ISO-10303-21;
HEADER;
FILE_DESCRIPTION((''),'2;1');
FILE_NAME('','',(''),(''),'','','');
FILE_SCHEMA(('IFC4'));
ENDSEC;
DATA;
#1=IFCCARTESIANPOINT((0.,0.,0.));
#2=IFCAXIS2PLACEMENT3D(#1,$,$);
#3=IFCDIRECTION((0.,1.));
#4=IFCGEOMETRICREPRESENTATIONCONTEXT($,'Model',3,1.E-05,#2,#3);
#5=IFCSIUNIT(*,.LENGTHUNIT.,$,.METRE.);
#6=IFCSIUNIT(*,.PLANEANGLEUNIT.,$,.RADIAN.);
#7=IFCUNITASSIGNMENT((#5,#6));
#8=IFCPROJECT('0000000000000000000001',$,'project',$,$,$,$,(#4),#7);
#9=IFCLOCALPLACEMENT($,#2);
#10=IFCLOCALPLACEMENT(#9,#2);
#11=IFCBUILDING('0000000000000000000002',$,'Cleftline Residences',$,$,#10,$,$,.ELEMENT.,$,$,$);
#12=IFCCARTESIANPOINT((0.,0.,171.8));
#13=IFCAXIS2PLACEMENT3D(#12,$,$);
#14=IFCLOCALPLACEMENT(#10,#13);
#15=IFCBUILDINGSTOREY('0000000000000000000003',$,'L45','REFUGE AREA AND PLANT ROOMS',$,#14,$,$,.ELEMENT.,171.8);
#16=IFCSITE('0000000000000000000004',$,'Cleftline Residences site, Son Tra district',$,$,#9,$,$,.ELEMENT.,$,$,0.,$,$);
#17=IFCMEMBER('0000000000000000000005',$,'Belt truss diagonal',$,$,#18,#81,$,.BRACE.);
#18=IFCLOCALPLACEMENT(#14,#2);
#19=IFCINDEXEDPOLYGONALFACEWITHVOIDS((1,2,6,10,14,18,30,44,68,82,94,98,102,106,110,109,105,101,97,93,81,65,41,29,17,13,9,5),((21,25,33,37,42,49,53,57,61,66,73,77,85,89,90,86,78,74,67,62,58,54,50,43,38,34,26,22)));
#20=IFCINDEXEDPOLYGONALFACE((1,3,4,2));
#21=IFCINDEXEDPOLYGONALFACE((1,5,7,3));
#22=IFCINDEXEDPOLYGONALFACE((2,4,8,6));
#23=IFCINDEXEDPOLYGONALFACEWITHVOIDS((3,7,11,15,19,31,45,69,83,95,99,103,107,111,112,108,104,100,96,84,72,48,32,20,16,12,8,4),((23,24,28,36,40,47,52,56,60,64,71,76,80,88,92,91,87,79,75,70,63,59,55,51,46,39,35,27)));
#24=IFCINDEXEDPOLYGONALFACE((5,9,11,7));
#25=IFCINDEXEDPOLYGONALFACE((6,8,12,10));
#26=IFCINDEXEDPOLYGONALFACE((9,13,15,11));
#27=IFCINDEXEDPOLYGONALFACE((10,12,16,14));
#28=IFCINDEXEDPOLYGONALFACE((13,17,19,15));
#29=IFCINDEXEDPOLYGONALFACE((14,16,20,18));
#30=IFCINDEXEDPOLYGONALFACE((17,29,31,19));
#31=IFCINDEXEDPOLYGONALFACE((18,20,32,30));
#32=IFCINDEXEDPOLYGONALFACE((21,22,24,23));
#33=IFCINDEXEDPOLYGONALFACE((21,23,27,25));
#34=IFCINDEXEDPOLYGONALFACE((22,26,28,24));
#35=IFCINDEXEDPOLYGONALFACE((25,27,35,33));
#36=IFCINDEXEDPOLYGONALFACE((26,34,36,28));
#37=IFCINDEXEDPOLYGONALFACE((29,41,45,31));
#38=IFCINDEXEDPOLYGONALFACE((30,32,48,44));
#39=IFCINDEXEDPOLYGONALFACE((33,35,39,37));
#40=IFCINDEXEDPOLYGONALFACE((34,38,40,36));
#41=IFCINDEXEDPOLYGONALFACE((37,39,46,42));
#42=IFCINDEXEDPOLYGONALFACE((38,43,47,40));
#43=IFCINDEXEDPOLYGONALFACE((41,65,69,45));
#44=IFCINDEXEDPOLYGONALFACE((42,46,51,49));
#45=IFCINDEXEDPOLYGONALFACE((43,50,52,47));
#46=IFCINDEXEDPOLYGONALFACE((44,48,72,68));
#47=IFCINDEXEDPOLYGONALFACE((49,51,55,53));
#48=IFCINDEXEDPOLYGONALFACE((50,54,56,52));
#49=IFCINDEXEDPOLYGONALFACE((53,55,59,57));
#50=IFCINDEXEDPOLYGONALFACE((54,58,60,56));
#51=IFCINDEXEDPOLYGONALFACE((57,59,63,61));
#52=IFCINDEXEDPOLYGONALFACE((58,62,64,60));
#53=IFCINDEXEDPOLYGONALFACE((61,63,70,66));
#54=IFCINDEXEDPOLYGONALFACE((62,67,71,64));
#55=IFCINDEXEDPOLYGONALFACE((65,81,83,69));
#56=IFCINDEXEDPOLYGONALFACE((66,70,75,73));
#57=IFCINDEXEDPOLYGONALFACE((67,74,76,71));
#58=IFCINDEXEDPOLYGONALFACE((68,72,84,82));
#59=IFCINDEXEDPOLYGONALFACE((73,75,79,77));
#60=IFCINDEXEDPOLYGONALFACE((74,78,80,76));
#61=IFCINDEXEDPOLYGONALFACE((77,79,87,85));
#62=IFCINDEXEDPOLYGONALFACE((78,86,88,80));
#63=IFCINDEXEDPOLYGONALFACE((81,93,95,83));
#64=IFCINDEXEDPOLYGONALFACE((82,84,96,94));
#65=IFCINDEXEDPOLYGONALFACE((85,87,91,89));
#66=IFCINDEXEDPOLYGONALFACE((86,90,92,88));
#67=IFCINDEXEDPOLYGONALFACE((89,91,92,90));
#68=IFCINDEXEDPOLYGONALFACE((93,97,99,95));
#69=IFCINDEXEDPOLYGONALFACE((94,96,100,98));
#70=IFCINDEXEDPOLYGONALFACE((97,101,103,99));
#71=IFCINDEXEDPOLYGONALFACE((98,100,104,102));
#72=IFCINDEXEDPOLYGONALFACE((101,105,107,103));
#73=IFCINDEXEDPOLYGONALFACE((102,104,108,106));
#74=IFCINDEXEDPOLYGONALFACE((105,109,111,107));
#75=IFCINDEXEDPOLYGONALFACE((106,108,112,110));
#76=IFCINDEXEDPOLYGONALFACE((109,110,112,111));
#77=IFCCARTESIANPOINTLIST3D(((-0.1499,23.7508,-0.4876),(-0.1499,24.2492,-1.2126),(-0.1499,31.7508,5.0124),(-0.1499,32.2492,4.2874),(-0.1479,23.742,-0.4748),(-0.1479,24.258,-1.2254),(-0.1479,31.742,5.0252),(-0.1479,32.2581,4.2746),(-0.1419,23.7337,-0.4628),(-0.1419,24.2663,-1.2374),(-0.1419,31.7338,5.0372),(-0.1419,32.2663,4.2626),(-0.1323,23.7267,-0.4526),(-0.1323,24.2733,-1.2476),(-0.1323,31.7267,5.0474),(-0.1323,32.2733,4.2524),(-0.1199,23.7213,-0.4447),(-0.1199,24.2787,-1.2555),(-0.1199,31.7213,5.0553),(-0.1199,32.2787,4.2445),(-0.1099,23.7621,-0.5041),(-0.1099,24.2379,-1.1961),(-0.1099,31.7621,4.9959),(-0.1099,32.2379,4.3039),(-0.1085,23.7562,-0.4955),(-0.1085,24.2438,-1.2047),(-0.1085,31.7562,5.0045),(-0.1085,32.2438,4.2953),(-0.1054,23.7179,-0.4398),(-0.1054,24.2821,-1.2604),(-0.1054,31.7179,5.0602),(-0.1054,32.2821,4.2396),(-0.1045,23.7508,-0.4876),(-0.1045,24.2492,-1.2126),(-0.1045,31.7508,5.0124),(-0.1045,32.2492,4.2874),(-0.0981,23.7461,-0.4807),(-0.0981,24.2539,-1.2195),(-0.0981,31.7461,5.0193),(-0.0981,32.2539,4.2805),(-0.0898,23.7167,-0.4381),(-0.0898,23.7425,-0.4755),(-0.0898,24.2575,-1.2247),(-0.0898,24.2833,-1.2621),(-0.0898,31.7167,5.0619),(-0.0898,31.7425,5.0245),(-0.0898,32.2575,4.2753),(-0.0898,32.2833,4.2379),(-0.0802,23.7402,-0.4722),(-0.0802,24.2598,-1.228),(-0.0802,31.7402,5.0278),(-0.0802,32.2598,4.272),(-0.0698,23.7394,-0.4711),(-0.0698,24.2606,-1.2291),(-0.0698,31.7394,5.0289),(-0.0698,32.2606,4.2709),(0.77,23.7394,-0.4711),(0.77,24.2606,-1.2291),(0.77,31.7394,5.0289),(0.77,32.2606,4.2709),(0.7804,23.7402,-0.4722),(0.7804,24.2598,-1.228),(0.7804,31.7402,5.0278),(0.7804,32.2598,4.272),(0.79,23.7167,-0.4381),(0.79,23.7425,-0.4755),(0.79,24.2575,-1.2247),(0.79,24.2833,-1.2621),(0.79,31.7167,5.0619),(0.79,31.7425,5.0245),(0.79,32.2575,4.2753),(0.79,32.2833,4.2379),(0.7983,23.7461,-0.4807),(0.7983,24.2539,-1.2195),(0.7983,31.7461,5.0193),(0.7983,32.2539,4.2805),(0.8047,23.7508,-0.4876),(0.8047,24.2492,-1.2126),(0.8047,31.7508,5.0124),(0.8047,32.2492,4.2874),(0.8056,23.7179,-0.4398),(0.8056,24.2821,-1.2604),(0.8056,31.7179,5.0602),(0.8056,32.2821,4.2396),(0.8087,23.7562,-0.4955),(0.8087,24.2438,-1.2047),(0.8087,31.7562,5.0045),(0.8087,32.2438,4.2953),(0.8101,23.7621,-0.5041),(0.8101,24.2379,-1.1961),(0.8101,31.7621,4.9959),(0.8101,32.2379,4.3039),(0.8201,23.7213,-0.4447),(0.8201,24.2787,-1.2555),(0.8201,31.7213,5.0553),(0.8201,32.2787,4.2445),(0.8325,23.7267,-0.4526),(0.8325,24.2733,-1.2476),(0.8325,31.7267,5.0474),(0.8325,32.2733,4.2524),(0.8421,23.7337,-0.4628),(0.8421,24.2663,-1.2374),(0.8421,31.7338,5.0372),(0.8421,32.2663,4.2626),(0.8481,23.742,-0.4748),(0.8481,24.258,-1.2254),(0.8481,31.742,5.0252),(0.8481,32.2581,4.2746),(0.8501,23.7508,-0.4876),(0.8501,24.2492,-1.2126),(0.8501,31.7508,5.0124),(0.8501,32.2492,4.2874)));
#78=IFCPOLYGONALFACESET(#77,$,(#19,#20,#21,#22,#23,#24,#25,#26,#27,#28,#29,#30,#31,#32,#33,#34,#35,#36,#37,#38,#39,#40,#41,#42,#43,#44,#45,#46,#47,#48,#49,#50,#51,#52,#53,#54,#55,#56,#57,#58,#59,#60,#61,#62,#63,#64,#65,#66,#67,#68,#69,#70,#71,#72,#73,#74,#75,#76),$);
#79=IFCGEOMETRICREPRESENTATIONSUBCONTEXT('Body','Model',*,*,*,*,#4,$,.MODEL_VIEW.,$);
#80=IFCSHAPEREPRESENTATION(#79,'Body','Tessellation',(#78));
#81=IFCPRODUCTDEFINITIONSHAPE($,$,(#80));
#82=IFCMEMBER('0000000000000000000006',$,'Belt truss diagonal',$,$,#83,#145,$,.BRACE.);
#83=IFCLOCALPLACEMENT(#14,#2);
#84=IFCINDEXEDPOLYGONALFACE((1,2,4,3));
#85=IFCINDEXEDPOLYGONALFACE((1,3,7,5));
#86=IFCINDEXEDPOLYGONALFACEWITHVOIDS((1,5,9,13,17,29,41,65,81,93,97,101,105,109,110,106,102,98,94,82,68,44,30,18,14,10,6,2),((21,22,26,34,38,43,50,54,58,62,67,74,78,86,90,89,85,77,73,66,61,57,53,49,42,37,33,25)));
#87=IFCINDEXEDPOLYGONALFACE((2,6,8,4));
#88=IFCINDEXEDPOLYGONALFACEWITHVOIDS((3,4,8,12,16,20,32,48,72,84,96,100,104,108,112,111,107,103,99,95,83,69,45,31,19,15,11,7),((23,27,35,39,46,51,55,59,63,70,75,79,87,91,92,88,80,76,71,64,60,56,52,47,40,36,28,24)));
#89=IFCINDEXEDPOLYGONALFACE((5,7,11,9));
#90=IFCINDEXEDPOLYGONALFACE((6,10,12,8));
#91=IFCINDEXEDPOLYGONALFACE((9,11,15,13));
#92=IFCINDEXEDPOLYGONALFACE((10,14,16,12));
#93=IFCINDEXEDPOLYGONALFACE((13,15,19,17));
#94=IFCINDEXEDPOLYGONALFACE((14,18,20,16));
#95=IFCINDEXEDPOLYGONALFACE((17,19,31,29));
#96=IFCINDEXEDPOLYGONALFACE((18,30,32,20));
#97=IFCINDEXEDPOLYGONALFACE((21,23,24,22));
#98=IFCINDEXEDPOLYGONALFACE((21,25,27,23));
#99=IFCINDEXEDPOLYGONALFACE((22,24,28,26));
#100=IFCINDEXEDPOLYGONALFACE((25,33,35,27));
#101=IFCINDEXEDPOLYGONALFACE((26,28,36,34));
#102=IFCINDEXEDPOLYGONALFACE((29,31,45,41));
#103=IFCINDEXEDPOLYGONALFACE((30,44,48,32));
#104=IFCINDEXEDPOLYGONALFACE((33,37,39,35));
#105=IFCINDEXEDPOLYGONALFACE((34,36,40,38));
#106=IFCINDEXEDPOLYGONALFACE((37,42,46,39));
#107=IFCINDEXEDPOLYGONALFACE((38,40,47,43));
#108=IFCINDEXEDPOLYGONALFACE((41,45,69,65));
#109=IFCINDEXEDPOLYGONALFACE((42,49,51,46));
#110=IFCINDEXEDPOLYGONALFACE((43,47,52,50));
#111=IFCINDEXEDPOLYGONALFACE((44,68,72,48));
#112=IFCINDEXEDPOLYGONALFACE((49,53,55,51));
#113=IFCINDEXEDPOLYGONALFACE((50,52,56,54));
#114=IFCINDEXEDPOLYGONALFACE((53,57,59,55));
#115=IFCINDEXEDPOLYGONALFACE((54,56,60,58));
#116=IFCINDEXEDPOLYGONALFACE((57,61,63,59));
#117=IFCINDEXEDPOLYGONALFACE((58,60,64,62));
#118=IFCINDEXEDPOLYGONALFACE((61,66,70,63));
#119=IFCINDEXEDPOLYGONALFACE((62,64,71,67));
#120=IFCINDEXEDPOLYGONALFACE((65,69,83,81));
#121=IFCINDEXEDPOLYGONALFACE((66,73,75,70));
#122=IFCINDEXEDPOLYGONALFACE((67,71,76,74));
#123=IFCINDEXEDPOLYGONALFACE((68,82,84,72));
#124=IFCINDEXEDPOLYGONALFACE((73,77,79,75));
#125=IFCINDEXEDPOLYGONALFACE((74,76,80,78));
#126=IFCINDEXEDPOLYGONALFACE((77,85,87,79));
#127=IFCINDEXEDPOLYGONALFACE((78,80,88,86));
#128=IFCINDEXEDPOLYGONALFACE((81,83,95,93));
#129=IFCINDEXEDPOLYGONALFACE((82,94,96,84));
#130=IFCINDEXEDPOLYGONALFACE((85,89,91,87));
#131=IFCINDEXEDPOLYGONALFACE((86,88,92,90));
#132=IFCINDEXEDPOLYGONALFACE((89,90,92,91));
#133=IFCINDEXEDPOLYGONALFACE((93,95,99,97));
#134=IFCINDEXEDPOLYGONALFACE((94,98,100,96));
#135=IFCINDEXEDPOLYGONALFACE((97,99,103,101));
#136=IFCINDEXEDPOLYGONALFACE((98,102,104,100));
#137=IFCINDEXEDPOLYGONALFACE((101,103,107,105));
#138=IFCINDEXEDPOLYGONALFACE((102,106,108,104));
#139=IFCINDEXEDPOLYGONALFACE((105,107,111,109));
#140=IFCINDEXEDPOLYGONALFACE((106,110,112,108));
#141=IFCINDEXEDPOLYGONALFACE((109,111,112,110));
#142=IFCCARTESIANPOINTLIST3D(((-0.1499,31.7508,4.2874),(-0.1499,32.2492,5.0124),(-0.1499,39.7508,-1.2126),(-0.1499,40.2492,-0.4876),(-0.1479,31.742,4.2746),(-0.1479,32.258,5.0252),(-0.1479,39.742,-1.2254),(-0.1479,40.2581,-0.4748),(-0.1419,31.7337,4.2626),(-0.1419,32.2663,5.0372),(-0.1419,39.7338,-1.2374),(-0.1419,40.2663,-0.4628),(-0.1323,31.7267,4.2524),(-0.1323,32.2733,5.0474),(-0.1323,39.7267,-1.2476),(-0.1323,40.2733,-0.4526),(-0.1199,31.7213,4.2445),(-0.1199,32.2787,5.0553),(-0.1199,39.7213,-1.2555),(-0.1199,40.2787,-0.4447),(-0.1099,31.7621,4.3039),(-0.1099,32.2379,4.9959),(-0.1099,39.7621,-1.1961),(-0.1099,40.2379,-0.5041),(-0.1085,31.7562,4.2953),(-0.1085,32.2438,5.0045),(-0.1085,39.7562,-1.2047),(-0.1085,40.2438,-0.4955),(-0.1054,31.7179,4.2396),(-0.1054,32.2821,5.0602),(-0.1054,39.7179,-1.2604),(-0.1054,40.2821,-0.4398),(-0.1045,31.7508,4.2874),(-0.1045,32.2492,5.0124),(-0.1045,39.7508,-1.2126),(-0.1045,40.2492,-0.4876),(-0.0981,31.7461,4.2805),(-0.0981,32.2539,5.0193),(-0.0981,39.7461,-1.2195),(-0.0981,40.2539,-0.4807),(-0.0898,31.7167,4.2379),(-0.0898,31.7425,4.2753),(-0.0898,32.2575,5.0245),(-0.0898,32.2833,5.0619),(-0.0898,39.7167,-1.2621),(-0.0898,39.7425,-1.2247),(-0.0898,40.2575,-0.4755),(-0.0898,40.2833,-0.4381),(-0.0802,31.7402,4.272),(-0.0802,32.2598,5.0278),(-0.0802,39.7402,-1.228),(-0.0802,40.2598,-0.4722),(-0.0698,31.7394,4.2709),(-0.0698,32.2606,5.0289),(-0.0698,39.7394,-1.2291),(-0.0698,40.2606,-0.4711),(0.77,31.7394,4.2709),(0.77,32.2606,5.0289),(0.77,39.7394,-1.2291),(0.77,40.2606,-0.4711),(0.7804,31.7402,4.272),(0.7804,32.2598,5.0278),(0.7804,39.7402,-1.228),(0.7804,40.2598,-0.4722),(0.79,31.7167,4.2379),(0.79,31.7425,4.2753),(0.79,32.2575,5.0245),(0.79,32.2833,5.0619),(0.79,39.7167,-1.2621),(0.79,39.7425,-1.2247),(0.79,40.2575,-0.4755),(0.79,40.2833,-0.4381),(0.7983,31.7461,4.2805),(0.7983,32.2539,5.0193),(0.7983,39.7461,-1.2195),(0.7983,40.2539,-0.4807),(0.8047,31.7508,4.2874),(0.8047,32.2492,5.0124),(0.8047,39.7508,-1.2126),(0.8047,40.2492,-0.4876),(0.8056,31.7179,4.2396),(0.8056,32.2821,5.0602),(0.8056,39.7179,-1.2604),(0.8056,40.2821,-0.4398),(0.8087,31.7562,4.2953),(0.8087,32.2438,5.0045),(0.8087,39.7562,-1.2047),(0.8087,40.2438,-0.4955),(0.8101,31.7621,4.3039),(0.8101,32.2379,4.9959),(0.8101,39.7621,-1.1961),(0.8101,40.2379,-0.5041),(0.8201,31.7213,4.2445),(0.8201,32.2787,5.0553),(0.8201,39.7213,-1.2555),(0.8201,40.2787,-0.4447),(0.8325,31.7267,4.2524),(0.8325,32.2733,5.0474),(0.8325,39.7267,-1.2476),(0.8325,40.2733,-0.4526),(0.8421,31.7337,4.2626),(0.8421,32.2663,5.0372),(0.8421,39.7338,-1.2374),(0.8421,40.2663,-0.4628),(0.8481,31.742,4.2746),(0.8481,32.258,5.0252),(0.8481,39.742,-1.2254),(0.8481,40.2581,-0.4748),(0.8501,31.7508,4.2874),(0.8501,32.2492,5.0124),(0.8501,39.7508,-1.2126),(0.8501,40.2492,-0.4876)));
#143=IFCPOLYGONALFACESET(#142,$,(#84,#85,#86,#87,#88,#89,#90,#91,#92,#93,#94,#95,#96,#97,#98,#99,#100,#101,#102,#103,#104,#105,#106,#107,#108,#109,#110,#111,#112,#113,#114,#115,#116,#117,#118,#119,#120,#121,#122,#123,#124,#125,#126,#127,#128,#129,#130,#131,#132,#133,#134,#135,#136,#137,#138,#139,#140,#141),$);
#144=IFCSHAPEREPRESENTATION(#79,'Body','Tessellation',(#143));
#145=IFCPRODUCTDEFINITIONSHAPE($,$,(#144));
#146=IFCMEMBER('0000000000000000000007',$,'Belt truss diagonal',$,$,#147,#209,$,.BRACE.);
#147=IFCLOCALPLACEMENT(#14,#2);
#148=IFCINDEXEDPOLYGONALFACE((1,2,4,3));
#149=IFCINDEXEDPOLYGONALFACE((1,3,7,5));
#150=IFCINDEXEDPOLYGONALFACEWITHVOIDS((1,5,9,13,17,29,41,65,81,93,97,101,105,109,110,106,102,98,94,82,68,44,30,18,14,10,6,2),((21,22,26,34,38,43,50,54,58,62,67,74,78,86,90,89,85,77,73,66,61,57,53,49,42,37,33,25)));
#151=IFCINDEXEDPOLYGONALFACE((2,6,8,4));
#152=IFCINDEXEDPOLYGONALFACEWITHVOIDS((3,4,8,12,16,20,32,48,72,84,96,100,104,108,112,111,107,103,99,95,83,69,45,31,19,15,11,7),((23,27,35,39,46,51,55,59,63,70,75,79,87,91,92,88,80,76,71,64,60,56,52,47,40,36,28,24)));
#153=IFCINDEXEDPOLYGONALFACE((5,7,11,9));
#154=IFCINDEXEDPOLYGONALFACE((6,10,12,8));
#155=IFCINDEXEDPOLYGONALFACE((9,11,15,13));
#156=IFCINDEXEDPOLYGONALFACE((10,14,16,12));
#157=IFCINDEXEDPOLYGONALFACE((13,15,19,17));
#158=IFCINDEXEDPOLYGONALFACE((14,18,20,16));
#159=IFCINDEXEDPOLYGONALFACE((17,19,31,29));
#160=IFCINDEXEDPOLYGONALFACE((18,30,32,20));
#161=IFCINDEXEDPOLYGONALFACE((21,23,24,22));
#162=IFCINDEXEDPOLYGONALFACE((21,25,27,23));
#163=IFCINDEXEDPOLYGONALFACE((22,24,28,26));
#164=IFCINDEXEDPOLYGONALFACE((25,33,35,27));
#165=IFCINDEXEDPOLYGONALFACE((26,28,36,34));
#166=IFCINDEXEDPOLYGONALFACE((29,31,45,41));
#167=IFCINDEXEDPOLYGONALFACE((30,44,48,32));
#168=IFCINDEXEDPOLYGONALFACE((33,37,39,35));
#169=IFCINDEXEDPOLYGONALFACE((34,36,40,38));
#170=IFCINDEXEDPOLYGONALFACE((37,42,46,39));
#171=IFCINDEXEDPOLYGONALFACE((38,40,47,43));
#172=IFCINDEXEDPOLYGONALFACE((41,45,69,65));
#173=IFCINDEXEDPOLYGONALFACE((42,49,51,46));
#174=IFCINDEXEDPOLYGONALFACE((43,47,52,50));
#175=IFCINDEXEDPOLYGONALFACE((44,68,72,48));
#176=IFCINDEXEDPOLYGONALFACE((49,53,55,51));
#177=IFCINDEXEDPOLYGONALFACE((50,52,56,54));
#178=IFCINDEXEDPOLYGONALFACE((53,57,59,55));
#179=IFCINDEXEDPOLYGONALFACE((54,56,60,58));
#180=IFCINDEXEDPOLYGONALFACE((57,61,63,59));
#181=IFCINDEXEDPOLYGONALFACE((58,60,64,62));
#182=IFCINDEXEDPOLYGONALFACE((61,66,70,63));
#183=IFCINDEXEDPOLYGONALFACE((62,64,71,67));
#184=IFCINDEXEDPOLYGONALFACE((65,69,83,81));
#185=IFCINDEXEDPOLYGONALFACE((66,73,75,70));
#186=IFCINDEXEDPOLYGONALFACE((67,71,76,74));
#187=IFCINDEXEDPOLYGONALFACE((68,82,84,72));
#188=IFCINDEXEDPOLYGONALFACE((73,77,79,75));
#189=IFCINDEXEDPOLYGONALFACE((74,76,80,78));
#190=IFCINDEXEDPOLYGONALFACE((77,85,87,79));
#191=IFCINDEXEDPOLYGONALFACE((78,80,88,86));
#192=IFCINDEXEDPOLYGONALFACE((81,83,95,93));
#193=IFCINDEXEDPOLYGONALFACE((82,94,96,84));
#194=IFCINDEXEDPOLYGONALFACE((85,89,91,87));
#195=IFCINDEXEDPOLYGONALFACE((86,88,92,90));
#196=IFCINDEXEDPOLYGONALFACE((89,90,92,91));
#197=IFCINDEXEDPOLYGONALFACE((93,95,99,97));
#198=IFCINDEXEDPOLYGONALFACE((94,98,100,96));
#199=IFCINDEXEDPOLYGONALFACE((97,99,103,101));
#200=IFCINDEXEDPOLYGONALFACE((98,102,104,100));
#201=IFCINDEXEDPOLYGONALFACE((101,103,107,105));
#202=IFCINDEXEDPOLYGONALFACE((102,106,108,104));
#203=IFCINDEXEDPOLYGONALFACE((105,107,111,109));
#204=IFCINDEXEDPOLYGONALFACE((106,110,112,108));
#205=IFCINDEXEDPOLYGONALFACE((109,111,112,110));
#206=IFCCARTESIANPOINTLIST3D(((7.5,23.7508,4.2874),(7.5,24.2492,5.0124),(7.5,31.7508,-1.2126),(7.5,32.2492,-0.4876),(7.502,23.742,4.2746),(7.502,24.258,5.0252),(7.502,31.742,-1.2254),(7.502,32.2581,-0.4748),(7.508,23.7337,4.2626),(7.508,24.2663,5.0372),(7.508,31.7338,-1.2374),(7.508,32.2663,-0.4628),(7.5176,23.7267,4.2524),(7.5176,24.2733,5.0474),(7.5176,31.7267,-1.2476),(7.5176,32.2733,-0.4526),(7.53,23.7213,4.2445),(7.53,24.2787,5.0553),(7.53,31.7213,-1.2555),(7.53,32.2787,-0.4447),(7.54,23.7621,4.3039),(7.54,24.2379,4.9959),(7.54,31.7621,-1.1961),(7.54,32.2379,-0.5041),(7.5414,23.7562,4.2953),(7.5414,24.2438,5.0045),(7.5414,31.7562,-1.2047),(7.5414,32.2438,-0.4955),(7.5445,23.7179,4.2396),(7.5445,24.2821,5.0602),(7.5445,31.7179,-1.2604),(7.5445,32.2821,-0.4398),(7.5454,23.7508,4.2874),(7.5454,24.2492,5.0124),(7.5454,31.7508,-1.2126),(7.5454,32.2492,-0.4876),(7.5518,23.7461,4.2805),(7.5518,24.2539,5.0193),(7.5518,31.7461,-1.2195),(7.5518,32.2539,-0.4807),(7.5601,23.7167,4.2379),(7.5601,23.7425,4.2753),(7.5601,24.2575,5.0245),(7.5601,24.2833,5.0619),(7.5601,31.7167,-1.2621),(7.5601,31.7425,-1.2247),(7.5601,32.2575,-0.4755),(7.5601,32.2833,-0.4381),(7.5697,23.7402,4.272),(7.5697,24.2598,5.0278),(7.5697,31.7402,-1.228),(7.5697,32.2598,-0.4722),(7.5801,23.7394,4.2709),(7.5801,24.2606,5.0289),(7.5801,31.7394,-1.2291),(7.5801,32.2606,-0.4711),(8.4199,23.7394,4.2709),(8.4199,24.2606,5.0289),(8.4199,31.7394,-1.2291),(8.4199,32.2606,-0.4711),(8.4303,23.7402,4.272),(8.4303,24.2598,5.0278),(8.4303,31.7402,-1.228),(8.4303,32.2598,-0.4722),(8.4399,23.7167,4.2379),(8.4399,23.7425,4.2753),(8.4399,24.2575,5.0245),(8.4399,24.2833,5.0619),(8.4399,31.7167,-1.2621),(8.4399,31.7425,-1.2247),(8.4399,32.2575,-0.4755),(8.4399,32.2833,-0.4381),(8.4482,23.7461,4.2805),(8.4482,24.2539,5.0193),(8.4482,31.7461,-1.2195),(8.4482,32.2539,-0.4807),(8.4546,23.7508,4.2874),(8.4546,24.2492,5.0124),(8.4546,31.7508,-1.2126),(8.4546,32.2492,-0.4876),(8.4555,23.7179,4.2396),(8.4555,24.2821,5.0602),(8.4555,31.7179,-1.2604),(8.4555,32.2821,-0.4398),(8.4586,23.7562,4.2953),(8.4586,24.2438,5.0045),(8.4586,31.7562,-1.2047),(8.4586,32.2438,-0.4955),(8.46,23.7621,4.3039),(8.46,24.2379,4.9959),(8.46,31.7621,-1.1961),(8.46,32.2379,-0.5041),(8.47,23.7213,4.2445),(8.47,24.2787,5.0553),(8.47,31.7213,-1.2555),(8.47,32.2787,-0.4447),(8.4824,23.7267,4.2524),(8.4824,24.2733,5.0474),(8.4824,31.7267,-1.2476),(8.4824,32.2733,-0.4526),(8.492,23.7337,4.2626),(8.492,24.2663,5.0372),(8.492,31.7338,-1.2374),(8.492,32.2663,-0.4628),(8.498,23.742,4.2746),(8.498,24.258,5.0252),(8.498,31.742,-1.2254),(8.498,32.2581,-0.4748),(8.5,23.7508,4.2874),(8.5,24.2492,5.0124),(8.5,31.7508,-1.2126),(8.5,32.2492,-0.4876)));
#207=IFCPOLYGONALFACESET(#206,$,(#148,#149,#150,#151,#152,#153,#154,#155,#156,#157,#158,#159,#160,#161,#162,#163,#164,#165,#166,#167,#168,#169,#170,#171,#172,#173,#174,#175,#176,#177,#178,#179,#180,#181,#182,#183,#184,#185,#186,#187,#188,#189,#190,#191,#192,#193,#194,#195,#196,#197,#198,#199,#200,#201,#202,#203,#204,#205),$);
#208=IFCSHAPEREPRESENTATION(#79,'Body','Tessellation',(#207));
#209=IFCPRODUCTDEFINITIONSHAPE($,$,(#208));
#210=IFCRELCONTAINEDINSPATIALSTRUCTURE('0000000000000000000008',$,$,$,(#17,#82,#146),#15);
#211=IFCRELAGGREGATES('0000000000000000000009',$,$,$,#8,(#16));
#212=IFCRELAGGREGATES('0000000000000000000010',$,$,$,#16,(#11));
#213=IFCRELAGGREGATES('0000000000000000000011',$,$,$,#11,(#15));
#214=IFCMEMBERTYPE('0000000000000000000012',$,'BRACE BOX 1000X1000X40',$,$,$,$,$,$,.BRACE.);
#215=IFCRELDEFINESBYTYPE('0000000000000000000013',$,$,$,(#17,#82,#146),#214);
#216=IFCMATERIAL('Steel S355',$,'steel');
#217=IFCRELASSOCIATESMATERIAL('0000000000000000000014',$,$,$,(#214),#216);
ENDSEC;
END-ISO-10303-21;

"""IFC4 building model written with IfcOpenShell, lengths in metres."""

from ifc_helpers import new_model, si_unit, direction, frame, origin, origin_2d, place, context, subcontext, project, spatial, hollow_rectangle, extrude, material, material_profile, profile_set, type_object, element, save


model = new_model("IFC4")

# Units and contexts
model_context = context("Model", 3, precision=1e-05, world=origin(), true_north=direction((0.0, 1.0)))
body_context = subcontext(model_context, "Body", "Model", "MODEL_VIEW")
ifc_project = project(units=[si_unit("LENGTHUNIT", "METRE"), si_unit("PLANEANGLEUNIT", "RADIAN")], contexts=[model_context])

# Site, building, storey
site_placement = place(None, origin())
site = spatial("IfcSite", under=ifc_project, at=site_placement, Name="Cleftline Residences site, Son Tra district", CompositionType="ELEMENT", RefElevation=0.0)
building_placement = place(site_placement, origin())
building = spatial("IfcBuilding", under=site, at=building_placement, Name="Cleftline Residences", CompositionType="ELEMENT")
storey_placement = place(building_placement, frame((0.0, 0.0, 171.8)))
storey = spatial("IfcBuildingStorey", under=building, at=storey_placement, Name="L45", Description="REFUGE AREA AND PLANT ROOMS", CompositionType="ELEMENT", Elevation=171.8)

# Members
ifc_material_1 = material(Name="Steel S355", Category="steel")
ifc_material_profile_1 = material_profile(ifc_material_1, hollow_rectangle(XDim=1.0, YDim=1.0, WallThickness=0.04, InnerFilletRadius=0.04, OuterFilletRadius=0.0601, at=origin_2d()))
ifc_profile_set_1 = profile_set([ifc_material_profile_1], Name="Steel S355")
member_type_1 = type_object("IfcMemberType", Name="BRACE BOX 1000X1000X40", PredefinedType="BRACE", material=ifc_profile_set_1)
for number, where, z_axis, x_axis, name in (
    (1, (0.3501, 24.0, -0.8501), (0.0, 0.824042, 0.566529), (0.0, -0.566529, 0.824042), "Belt truss diagonal"),
    (2, (0.3501, 32.0, 4.6499), (0.0, 0.824042, -0.566529), (0.0, 0.566529, 0.824042), "Belt truss diagonal"),
    (3, (8.0, 24.0, 4.6499), (0.0, 0.824042, -0.566529), (0.0, 0.566529, 0.824042), "Belt truss diagonal"),
):
    element("IfcMember", number, at=place(storey_placement, frame(where, z_axis=z_axis, x_axis=x_axis)), inside=storey, type_object=member_type_1, Name=name, PredefinedType="BRACE", context=body_context, shape_type="SweptSolid", body=[
        extrude(hollow_rectangle(XDim=1.0, YDim=1.0, WallThickness=0.04, InnerFilletRadius=0.04, OuterFilletRadius=0.0601, at=origin_2d()), origin(), (0.0, 0.0, 1.0), 9.7083),
    ])

save(model, "model.ifc")
